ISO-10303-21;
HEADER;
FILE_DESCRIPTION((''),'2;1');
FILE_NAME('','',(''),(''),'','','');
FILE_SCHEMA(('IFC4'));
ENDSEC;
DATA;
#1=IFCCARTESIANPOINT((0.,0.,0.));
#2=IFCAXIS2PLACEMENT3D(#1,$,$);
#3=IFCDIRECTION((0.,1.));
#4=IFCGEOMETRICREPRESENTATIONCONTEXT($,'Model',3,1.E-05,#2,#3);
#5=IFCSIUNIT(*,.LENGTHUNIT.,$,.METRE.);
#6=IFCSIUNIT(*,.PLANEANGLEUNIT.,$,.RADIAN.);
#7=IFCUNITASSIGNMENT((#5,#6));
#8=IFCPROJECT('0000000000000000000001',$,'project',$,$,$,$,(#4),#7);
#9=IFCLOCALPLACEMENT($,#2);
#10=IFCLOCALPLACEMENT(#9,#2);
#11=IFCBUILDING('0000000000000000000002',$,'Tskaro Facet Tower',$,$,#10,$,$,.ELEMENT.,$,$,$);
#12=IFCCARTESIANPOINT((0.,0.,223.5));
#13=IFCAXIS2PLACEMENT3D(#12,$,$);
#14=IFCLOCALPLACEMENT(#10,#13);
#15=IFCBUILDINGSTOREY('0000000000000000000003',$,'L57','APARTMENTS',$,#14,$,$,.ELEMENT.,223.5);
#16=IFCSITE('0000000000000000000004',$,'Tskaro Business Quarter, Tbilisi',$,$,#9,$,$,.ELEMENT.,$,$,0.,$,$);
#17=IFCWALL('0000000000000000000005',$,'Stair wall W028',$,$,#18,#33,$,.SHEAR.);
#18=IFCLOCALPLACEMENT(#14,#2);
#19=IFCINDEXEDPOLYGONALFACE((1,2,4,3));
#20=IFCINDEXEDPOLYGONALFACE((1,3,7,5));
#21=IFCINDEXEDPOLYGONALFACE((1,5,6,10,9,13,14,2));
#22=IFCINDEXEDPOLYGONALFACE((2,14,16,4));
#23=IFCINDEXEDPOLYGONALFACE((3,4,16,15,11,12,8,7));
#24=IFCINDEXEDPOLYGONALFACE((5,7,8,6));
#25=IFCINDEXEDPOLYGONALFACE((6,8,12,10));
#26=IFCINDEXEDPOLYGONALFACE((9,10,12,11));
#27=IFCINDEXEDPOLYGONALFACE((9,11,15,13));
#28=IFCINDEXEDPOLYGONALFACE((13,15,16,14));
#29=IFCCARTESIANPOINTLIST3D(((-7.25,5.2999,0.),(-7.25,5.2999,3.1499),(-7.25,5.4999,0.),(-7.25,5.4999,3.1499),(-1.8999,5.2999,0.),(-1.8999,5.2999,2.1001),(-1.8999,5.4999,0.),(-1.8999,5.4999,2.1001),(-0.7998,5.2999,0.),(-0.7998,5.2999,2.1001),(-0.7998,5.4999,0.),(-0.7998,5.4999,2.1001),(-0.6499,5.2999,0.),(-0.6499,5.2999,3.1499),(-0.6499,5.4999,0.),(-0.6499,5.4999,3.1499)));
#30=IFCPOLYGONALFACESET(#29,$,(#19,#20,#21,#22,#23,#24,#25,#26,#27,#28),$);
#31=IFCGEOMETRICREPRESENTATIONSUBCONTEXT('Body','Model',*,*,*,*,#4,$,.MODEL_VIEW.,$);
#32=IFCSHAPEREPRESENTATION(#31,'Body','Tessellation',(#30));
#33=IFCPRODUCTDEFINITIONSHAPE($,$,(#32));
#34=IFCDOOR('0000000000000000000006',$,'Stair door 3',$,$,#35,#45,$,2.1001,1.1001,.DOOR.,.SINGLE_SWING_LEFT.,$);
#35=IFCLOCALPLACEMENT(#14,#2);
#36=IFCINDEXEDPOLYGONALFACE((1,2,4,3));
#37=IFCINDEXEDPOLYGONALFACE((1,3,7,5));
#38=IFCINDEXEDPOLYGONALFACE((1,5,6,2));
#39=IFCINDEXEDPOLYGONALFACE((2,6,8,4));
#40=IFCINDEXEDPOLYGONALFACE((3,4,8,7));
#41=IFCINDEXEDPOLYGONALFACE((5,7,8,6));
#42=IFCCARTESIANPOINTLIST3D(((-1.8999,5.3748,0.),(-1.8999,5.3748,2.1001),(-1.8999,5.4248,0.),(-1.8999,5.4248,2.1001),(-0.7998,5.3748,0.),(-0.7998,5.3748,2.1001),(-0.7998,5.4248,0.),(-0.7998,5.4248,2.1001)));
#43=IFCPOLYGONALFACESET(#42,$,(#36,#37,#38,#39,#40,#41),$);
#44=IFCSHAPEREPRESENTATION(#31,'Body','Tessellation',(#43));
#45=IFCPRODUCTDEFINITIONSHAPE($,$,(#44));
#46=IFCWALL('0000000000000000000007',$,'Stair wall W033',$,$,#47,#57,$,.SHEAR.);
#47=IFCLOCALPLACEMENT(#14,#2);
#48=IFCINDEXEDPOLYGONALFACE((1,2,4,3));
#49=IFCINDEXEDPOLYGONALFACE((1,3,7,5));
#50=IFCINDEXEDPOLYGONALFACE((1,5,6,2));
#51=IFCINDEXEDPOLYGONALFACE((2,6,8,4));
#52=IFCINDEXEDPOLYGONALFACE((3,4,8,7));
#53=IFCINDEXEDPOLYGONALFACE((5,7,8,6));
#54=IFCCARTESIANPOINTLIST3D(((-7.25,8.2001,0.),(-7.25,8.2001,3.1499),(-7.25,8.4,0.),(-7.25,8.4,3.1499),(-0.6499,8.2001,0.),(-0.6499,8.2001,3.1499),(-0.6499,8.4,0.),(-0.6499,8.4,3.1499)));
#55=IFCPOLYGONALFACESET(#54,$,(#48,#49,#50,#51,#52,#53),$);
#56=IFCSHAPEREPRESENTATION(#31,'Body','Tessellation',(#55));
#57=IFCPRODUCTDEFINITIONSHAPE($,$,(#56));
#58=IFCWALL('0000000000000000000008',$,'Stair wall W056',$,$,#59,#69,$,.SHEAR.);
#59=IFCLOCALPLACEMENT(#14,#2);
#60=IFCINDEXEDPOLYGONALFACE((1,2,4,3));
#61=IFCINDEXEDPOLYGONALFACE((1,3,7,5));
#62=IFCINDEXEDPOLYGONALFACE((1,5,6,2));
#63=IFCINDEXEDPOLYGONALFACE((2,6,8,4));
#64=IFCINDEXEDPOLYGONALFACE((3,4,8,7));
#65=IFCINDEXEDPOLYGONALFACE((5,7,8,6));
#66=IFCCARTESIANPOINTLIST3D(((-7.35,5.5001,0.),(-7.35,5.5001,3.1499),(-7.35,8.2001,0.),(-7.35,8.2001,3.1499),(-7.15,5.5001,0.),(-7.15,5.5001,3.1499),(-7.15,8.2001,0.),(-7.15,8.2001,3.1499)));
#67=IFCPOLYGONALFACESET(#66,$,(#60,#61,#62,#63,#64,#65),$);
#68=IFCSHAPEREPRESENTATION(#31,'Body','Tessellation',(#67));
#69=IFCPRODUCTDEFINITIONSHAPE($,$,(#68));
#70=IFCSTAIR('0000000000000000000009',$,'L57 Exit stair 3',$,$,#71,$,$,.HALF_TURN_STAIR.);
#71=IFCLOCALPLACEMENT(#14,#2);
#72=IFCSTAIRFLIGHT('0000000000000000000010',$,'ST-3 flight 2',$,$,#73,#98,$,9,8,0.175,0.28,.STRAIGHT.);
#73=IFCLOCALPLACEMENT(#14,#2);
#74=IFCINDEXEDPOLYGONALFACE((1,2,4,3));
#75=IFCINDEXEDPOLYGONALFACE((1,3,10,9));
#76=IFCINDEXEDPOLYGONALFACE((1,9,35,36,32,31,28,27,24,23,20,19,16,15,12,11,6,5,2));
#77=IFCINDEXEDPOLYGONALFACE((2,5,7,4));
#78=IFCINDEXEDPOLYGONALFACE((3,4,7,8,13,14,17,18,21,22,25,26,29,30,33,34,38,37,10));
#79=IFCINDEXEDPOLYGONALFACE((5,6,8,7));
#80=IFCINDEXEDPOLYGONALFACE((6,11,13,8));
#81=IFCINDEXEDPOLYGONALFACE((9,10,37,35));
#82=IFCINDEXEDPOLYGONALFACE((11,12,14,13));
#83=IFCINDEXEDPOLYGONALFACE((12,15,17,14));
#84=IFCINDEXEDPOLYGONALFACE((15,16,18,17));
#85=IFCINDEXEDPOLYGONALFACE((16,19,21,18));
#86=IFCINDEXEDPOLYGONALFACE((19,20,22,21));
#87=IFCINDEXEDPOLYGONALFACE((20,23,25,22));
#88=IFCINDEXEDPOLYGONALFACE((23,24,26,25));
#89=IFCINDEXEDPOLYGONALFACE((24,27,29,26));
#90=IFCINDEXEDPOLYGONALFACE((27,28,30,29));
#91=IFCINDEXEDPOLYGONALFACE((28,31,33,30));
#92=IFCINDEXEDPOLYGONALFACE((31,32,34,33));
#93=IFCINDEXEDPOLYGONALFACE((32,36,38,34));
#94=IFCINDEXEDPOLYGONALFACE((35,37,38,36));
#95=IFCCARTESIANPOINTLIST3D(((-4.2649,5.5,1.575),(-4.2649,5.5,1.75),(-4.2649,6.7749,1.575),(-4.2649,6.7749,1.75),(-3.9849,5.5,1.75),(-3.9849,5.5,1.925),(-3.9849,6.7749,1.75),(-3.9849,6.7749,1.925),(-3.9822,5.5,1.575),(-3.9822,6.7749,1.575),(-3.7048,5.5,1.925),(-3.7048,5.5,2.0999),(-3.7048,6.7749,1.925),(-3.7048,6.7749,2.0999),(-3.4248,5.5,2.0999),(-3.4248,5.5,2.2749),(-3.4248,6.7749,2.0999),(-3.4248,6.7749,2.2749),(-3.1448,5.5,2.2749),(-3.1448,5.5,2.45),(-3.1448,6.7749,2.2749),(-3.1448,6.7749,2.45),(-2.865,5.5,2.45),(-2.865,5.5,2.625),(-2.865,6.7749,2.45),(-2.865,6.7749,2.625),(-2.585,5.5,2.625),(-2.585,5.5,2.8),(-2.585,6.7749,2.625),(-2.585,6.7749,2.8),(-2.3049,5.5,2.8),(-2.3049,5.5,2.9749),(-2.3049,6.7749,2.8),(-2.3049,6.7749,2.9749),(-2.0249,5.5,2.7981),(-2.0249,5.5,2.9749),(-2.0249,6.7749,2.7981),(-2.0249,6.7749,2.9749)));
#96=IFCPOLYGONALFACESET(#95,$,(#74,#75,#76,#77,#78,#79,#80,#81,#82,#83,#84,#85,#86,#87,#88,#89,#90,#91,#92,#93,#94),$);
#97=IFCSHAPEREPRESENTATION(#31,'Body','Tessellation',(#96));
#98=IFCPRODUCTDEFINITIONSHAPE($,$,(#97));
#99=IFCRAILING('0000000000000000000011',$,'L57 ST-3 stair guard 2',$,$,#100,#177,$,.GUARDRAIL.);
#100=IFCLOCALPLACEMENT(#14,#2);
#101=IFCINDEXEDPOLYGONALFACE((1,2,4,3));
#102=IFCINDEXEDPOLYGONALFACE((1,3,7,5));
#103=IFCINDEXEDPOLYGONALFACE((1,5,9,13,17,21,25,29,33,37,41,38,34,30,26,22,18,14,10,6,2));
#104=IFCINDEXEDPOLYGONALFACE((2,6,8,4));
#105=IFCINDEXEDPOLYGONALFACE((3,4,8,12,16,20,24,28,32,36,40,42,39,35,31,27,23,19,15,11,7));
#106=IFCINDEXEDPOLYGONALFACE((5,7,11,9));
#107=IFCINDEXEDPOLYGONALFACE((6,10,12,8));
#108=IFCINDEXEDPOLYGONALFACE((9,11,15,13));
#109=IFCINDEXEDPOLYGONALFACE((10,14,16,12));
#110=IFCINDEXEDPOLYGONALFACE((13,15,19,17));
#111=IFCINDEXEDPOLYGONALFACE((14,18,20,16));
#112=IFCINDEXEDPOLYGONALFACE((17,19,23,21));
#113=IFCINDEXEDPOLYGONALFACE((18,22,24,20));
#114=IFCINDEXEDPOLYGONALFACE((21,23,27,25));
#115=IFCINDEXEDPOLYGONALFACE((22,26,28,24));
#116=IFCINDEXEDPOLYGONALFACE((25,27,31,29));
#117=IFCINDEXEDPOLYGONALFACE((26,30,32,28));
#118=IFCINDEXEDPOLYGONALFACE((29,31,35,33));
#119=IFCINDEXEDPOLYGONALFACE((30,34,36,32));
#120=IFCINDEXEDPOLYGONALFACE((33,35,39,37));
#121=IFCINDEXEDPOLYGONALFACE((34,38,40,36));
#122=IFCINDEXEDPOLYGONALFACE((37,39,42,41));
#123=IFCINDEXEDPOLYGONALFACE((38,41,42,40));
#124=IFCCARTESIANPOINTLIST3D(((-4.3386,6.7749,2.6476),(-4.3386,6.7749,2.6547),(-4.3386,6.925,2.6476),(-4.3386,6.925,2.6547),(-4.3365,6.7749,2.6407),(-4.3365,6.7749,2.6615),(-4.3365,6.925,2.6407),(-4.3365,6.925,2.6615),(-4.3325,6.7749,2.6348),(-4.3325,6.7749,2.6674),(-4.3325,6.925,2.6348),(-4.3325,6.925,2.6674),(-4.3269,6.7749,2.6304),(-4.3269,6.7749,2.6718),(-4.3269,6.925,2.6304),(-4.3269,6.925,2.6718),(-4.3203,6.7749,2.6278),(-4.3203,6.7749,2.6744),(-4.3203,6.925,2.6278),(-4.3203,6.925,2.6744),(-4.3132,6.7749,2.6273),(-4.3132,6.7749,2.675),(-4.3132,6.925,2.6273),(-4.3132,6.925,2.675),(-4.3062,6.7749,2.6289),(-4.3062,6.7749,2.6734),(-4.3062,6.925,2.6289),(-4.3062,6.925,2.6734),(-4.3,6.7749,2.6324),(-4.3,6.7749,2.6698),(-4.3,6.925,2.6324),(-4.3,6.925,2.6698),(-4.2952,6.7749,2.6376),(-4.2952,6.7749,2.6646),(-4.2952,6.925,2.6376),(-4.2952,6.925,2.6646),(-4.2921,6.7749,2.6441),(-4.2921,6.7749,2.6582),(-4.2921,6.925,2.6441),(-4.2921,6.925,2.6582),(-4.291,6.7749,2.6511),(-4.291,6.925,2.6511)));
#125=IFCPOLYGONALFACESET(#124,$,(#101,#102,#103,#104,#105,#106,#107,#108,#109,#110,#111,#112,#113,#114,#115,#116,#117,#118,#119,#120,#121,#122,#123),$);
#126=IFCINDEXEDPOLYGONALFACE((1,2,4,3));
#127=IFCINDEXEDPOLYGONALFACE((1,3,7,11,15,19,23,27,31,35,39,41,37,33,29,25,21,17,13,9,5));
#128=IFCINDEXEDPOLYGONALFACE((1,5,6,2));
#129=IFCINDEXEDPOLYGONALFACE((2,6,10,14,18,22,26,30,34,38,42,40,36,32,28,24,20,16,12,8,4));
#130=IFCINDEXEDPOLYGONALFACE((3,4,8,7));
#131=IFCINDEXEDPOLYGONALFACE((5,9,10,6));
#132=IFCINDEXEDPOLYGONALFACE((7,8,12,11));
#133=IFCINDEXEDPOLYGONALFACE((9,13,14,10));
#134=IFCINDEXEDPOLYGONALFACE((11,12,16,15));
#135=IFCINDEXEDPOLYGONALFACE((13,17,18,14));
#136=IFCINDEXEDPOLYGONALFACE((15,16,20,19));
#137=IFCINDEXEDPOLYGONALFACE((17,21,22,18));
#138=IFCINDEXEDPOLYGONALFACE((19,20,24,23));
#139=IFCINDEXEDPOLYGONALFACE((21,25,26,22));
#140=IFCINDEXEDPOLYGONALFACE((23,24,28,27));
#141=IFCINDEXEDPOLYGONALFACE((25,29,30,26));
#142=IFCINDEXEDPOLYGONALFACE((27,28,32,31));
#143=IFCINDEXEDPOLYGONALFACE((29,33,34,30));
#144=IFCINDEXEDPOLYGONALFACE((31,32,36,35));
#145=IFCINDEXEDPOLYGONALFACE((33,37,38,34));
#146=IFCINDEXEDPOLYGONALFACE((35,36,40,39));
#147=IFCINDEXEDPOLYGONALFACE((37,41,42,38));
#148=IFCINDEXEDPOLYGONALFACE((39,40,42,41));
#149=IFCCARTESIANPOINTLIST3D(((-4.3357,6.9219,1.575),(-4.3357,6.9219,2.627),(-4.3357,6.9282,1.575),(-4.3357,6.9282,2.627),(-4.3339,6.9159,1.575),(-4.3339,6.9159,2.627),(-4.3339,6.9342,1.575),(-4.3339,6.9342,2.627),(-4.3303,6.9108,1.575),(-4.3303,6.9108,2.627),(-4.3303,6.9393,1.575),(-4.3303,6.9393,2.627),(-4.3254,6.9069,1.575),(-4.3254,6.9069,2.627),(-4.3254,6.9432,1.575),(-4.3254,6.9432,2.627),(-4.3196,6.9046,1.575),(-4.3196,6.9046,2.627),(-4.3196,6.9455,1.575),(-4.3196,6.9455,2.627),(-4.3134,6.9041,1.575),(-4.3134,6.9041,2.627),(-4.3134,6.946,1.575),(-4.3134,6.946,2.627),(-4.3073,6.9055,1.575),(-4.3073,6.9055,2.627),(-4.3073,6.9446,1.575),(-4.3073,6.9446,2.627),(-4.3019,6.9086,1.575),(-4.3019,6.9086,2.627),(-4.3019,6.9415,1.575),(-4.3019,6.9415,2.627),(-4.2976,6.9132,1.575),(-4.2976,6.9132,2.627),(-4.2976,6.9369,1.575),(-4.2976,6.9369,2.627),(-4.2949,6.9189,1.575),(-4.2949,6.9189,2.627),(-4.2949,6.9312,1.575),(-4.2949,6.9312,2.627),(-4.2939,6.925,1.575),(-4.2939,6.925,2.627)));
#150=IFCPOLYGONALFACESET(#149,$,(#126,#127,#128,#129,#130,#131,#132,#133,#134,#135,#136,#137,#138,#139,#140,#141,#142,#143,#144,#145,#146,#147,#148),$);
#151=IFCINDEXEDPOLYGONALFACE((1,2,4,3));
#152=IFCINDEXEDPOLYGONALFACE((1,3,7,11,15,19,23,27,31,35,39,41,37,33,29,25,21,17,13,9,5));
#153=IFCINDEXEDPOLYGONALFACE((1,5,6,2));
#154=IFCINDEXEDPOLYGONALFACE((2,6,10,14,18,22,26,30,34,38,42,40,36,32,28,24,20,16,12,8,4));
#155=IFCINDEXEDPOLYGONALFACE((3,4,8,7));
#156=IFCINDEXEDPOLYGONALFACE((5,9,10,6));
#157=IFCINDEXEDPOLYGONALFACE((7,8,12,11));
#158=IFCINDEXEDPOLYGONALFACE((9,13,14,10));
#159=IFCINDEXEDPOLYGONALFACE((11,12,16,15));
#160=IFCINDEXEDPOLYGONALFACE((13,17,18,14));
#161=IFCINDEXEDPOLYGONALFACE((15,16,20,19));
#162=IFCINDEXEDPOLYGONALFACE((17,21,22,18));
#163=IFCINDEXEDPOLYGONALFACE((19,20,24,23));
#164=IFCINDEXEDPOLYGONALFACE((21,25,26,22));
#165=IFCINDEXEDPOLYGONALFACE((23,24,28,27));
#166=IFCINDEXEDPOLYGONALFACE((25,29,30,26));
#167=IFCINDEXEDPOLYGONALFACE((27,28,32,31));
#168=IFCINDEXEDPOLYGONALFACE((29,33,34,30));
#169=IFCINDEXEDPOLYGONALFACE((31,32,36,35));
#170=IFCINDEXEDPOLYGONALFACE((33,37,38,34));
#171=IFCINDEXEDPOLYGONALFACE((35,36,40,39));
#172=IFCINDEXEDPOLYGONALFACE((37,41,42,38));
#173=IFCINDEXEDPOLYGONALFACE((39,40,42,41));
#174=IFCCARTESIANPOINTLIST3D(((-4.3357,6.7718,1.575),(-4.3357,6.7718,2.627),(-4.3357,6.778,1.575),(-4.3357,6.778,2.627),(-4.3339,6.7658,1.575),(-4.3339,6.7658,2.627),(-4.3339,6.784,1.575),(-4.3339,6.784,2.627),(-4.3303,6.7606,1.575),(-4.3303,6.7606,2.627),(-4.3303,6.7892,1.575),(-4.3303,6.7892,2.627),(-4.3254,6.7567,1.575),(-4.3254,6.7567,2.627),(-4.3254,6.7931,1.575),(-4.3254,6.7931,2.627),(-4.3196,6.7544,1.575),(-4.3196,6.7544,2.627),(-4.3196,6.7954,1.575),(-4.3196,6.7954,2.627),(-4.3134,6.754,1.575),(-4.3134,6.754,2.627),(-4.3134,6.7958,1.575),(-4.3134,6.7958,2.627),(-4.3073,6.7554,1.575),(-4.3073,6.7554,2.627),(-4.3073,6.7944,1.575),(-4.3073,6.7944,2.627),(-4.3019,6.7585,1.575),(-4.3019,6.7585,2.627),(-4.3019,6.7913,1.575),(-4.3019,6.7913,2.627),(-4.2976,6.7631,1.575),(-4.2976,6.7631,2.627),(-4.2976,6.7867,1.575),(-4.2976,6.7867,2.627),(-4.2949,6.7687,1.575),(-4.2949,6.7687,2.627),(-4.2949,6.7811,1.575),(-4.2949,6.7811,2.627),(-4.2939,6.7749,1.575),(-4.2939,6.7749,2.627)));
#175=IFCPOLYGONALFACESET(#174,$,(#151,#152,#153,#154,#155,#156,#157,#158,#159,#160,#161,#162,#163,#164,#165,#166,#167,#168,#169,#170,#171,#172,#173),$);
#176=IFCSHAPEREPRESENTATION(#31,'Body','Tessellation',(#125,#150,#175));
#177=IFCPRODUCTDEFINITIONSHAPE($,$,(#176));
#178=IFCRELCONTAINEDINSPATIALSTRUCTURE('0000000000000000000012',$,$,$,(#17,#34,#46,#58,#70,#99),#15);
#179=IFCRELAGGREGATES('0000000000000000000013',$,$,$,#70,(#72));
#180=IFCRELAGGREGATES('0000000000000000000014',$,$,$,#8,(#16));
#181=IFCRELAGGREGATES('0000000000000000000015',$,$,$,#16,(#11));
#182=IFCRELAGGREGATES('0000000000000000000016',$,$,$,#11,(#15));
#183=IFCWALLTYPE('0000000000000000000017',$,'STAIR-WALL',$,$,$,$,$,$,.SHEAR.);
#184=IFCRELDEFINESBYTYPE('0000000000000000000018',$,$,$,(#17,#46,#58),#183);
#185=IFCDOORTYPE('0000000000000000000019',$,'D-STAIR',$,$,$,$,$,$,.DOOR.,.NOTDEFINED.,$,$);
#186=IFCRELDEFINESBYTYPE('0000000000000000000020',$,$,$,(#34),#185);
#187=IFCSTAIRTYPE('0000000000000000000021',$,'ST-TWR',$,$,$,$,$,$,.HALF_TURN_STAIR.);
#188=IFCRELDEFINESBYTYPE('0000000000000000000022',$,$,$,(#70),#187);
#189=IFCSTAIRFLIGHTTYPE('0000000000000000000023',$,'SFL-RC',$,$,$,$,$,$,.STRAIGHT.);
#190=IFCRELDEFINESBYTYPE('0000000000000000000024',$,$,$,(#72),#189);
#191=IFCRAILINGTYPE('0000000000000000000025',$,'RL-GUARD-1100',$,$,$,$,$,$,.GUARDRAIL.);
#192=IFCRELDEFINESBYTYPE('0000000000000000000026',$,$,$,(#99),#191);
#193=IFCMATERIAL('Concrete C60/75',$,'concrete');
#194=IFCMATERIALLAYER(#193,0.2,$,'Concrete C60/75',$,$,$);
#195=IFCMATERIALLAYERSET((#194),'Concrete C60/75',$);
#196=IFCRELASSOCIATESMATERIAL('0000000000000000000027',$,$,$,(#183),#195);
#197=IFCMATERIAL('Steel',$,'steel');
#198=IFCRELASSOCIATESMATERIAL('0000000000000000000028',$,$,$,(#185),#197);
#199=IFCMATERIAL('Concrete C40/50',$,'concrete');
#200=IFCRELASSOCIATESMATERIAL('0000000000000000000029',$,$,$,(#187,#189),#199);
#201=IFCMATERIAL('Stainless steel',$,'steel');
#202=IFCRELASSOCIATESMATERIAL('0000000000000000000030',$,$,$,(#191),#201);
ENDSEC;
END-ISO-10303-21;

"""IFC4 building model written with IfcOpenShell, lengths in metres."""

from ifc_helpers import new_model, si_unit, direction, frame, frame_2d, origin, origin_2d, place, context, subcontext, project, spatial, polyline, rectangle, circle, outline, extrude, material, layer, layer_set, type_object, element, fill, aggregate, save


model = new_model("IFC4")

# Units and contexts
model_context = context("Model", 3, precision=1e-05, world=origin(), true_north=direction((0.0, 1.0)))
body_context = subcontext(model_context, "Body", "Model", "MODEL_VIEW")
ifc_project = project(units=[si_unit("LENGTHUNIT", "METRE"), si_unit("PLANEANGLEUNIT", "RADIAN")], contexts=[model_context])

# Site, building, storey
site_placement = place(None, origin())
site = spatial("IfcSite", under=ifc_project, at=site_placement, Name="Tskaro Business Quarter, Tbilisi", CompositionType="ELEMENT", RefElevation=0.0)
building_placement = place(site_placement, origin())
building = spatial("IfcBuilding", under=site, at=building_placement, Name="Tskaro Facet Tower", CompositionType="ELEMENT")
storey_placement = place(building_placement, frame((0.0, 0.0, 223.5)))
storey = spatial("IfcBuildingStorey", under=building, at=storey_placement, Name="L57", Description="APARTMENTS", CompositionType="ELEMENT", Elevation=223.5)

# Shared definitions
ifc_material_1 = material(Name="Concrete C40/50", Category="concrete")
ifc_material_2 = material(Name="Steel", Category="steel")

# Wall, opening, door
ifc_material_3 = material(Name="Concrete C60/75", Category="concrete")
ifc_layer_1 = layer(ifc_material_3, 0.2, Name="Concrete C60/75")
ifc_layer_set_1 = layer_set([ifc_layer_1], Name="Concrete C60/75")
wall_type_1 = type_object("IfcWallType", Name="STAIR-WALL", PredefinedType="SHEAR", material=ifc_layer_set_1)
wall_1_placement = place(storey_placement, frame((-7.25, 5.3999, 0.0), z_axis=(0.0, 0.0, 1.0), x_axis=(1.0, 0.0, 0.0)))
wall_1 = element("IfcWall", 1, at=wall_1_placement, inside=storey, type_object=wall_type_1, Name="Stair wall W028", PredefinedType="SHEAR", context=body_context, shape_type="SweptSolid", body=[
    extrude(rectangle(XDim=6.6001, YDim=0.2, at=frame_2d((3.3, 0.0))), origin(), (0.0, 0.0, 1.0), 3.1499),
])
opening_1_placement = place(wall_1_placement, frame((5.3501, 0.0, 0.0)))
opening_1 = element("IfcOpeningElement", 2, at=opening_1_placement, cuts=wall_1, PredefinedType="OPENING", context=body_context, shape_type="SweptSolid", body=[
    extrude(rectangle(XDim=1.1001, YDim=2.1001, at=frame_2d((0.55, 1.05))), frame((0.0, 0.1099, 0.0), z_axis=(0.0, -1.0, 0.0), x_axis=(1.0, 0.0, 0.0)), (0.0, 0.0, 1.0), 0.22),
])
door_type_1 = type_object("IfcDoorType", Name="D-STAIR", OperationType="NOTDEFINED", PredefinedType="DOOR", material=ifc_material_2)
door_1_placement = place(opening_1_placement, origin())
door_1 = element("IfcDoor", 3, at=door_1_placement, inside=storey, type_object=door_type_1, Name="Stair door 3", OperationType="SINGLE_SWING_LEFT", OverallHeight=2.1001, OverallWidth=1.1001, PredefinedType="DOOR", context=body_context, shape_type="SweptSolid", body=[
    extrude(rectangle(XDim=1.1001, YDim=2.1001, at=frame_2d((0.55, 1.05))), frame((0.0, 0.0249, 0.0), z_axis=(0.0, -1.0, 0.0), x_axis=(1.0, 0.0, 0.0)), (0.0, 0.0, 1.0), 0.05),
])
fill(opening_1, door_1)

# Walls
wall_2_placement = place(storey_placement, frame((-7.25, 8.3, 0.0), z_axis=(0.0, 0.0, 1.0), x_axis=(1.0, 0.0, 0.0)))
element("IfcWall", 4, at=wall_2_placement, inside=storey, type_object=wall_type_1, Name="Stair wall W033", PredefinedType="SHEAR", context=body_context, shape_type="SweptSolid", body=[
    extrude(rectangle(XDim=6.6001, YDim=0.2, at=frame_2d((3.3, 0.0))), origin(), (0.0, 0.0, 1.0), 3.1499),
])
wall_3_placement = place(storey_placement, frame((-7.25, 5.5, 0.0), z_axis=(0.0, 0.0, 1.0), x_axis=(0.0, 1.0, 0.0)))
element("IfcWall", 5, at=wall_3_placement, inside=storey, type_object=wall_type_1, Name="Stair wall W056", PredefinedType="SHEAR", context=body_context, shape_type="SweptSolid", body=[
    extrude(rectangle(XDim=2.7, YDim=0.2, at=frame_2d((1.3501, 0.0))), origin(), (0.0, 0.0, 1.0), 3.1499),
])

# Stair, stair flight
stair_type = type_object("IfcStairType", Name="ST-TWR", PredefinedType="HALF_TURN_STAIR", material=ifc_material_1)
stair_placement = place(storey_placement, origin())
stair = element("IfcStair", 6, at=stair_placement, inside=storey, type_object=stair_type, Name="L57 Exit stair 3", PredefinedType="HALF_TURN_STAIR")
stair_flight_type = type_object("IfcStairFlightType", Name="SFL-RC", PredefinedType="STRAIGHT", material=ifc_material_1)
stair_flight_placement = place(storey_placement, frame((-4.2649, 6.1375, 1.575), z_axis=(0.0, 0.0, 1.0), x_axis=(1.0, 0.0, 0.0)))
stair_flight = element("IfcStairFlight", 7, at=stair_flight_placement, type_object=stair_flight_type, Name="ST-3 flight 2", NumberOfRisers=9, NumberOfTreads=8, PredefinedType="STRAIGHT", RiserHeight=0.175, TreadLength=0.28, context=body_context, shape_type="SweptSolid", body=[
    extrude(outline(polyline([(0.0, 0.0), (0.0, 0.175), (0.28, 0.175), (0.28, 0.3501), (0.5601, 0.3501), (0.5601, 0.5249), (0.8401, 0.5249), (0.8401, 0.7), (1.1201, 0.7), (1.1201, 0.875), (1.3999, 0.875), (1.3999, 1.05), (1.6799, 1.05), (1.6799, 1.2251), (1.96, 1.2251), (1.96, 1.3999), (2.24, 1.3999), (2.24, 1.575), (2.24, 1.2231), (0.2827, 0.0), (0.0, 0.0)])), frame((0.0, 0.6375, 0.0), z_axis=(0.0, -1.0, 0.0), x_axis=(1.0, 0.0, 0.0)), (0.0, 0.0, 1.0), 1.2749),
])
aggregate(stair, [stair_flight])

# Railing
ifc_material_4 = material(Name="Stainless steel", Category="steel")
railing_type_1 = type_object("IfcRailingType", Name="RL-GUARD-1100", PredefinedType="GUARDRAIL", material=ifc_material_4)
railing_1_placement = place(storey_placement, frame((-4.3149, 6.925, 1.575)))
element("IfcRailing", 8, at=railing_1_placement, inside=storey, type_object=railing_type_1, Name="L57 ST-3 stair guard 2", PredefinedType="GUARDRAIL", context=body_context, shape_type="SweptSolid", body=[
    extrude(circle(Radius=0.0239, at=origin_2d()), frame((0.0, 0.0, 1.0762), z_axis=(0.0, -1.0, 0.0), x_axis=(1.0, 0.0, 0.0)), (0.0, 0.0, 1.0), 0.1501),
    extrude(circle(Radius=0.021, at=origin_2d()), origin(), (0.0, 0.0, 1.0), 1.052),
    extrude(circle(Radius=0.021, at=origin_2d()), frame((0.0, -0.1501, 0.0)), (0.0, 0.0, 1.0), 1.052),
])

save(model, "model.ifc")
